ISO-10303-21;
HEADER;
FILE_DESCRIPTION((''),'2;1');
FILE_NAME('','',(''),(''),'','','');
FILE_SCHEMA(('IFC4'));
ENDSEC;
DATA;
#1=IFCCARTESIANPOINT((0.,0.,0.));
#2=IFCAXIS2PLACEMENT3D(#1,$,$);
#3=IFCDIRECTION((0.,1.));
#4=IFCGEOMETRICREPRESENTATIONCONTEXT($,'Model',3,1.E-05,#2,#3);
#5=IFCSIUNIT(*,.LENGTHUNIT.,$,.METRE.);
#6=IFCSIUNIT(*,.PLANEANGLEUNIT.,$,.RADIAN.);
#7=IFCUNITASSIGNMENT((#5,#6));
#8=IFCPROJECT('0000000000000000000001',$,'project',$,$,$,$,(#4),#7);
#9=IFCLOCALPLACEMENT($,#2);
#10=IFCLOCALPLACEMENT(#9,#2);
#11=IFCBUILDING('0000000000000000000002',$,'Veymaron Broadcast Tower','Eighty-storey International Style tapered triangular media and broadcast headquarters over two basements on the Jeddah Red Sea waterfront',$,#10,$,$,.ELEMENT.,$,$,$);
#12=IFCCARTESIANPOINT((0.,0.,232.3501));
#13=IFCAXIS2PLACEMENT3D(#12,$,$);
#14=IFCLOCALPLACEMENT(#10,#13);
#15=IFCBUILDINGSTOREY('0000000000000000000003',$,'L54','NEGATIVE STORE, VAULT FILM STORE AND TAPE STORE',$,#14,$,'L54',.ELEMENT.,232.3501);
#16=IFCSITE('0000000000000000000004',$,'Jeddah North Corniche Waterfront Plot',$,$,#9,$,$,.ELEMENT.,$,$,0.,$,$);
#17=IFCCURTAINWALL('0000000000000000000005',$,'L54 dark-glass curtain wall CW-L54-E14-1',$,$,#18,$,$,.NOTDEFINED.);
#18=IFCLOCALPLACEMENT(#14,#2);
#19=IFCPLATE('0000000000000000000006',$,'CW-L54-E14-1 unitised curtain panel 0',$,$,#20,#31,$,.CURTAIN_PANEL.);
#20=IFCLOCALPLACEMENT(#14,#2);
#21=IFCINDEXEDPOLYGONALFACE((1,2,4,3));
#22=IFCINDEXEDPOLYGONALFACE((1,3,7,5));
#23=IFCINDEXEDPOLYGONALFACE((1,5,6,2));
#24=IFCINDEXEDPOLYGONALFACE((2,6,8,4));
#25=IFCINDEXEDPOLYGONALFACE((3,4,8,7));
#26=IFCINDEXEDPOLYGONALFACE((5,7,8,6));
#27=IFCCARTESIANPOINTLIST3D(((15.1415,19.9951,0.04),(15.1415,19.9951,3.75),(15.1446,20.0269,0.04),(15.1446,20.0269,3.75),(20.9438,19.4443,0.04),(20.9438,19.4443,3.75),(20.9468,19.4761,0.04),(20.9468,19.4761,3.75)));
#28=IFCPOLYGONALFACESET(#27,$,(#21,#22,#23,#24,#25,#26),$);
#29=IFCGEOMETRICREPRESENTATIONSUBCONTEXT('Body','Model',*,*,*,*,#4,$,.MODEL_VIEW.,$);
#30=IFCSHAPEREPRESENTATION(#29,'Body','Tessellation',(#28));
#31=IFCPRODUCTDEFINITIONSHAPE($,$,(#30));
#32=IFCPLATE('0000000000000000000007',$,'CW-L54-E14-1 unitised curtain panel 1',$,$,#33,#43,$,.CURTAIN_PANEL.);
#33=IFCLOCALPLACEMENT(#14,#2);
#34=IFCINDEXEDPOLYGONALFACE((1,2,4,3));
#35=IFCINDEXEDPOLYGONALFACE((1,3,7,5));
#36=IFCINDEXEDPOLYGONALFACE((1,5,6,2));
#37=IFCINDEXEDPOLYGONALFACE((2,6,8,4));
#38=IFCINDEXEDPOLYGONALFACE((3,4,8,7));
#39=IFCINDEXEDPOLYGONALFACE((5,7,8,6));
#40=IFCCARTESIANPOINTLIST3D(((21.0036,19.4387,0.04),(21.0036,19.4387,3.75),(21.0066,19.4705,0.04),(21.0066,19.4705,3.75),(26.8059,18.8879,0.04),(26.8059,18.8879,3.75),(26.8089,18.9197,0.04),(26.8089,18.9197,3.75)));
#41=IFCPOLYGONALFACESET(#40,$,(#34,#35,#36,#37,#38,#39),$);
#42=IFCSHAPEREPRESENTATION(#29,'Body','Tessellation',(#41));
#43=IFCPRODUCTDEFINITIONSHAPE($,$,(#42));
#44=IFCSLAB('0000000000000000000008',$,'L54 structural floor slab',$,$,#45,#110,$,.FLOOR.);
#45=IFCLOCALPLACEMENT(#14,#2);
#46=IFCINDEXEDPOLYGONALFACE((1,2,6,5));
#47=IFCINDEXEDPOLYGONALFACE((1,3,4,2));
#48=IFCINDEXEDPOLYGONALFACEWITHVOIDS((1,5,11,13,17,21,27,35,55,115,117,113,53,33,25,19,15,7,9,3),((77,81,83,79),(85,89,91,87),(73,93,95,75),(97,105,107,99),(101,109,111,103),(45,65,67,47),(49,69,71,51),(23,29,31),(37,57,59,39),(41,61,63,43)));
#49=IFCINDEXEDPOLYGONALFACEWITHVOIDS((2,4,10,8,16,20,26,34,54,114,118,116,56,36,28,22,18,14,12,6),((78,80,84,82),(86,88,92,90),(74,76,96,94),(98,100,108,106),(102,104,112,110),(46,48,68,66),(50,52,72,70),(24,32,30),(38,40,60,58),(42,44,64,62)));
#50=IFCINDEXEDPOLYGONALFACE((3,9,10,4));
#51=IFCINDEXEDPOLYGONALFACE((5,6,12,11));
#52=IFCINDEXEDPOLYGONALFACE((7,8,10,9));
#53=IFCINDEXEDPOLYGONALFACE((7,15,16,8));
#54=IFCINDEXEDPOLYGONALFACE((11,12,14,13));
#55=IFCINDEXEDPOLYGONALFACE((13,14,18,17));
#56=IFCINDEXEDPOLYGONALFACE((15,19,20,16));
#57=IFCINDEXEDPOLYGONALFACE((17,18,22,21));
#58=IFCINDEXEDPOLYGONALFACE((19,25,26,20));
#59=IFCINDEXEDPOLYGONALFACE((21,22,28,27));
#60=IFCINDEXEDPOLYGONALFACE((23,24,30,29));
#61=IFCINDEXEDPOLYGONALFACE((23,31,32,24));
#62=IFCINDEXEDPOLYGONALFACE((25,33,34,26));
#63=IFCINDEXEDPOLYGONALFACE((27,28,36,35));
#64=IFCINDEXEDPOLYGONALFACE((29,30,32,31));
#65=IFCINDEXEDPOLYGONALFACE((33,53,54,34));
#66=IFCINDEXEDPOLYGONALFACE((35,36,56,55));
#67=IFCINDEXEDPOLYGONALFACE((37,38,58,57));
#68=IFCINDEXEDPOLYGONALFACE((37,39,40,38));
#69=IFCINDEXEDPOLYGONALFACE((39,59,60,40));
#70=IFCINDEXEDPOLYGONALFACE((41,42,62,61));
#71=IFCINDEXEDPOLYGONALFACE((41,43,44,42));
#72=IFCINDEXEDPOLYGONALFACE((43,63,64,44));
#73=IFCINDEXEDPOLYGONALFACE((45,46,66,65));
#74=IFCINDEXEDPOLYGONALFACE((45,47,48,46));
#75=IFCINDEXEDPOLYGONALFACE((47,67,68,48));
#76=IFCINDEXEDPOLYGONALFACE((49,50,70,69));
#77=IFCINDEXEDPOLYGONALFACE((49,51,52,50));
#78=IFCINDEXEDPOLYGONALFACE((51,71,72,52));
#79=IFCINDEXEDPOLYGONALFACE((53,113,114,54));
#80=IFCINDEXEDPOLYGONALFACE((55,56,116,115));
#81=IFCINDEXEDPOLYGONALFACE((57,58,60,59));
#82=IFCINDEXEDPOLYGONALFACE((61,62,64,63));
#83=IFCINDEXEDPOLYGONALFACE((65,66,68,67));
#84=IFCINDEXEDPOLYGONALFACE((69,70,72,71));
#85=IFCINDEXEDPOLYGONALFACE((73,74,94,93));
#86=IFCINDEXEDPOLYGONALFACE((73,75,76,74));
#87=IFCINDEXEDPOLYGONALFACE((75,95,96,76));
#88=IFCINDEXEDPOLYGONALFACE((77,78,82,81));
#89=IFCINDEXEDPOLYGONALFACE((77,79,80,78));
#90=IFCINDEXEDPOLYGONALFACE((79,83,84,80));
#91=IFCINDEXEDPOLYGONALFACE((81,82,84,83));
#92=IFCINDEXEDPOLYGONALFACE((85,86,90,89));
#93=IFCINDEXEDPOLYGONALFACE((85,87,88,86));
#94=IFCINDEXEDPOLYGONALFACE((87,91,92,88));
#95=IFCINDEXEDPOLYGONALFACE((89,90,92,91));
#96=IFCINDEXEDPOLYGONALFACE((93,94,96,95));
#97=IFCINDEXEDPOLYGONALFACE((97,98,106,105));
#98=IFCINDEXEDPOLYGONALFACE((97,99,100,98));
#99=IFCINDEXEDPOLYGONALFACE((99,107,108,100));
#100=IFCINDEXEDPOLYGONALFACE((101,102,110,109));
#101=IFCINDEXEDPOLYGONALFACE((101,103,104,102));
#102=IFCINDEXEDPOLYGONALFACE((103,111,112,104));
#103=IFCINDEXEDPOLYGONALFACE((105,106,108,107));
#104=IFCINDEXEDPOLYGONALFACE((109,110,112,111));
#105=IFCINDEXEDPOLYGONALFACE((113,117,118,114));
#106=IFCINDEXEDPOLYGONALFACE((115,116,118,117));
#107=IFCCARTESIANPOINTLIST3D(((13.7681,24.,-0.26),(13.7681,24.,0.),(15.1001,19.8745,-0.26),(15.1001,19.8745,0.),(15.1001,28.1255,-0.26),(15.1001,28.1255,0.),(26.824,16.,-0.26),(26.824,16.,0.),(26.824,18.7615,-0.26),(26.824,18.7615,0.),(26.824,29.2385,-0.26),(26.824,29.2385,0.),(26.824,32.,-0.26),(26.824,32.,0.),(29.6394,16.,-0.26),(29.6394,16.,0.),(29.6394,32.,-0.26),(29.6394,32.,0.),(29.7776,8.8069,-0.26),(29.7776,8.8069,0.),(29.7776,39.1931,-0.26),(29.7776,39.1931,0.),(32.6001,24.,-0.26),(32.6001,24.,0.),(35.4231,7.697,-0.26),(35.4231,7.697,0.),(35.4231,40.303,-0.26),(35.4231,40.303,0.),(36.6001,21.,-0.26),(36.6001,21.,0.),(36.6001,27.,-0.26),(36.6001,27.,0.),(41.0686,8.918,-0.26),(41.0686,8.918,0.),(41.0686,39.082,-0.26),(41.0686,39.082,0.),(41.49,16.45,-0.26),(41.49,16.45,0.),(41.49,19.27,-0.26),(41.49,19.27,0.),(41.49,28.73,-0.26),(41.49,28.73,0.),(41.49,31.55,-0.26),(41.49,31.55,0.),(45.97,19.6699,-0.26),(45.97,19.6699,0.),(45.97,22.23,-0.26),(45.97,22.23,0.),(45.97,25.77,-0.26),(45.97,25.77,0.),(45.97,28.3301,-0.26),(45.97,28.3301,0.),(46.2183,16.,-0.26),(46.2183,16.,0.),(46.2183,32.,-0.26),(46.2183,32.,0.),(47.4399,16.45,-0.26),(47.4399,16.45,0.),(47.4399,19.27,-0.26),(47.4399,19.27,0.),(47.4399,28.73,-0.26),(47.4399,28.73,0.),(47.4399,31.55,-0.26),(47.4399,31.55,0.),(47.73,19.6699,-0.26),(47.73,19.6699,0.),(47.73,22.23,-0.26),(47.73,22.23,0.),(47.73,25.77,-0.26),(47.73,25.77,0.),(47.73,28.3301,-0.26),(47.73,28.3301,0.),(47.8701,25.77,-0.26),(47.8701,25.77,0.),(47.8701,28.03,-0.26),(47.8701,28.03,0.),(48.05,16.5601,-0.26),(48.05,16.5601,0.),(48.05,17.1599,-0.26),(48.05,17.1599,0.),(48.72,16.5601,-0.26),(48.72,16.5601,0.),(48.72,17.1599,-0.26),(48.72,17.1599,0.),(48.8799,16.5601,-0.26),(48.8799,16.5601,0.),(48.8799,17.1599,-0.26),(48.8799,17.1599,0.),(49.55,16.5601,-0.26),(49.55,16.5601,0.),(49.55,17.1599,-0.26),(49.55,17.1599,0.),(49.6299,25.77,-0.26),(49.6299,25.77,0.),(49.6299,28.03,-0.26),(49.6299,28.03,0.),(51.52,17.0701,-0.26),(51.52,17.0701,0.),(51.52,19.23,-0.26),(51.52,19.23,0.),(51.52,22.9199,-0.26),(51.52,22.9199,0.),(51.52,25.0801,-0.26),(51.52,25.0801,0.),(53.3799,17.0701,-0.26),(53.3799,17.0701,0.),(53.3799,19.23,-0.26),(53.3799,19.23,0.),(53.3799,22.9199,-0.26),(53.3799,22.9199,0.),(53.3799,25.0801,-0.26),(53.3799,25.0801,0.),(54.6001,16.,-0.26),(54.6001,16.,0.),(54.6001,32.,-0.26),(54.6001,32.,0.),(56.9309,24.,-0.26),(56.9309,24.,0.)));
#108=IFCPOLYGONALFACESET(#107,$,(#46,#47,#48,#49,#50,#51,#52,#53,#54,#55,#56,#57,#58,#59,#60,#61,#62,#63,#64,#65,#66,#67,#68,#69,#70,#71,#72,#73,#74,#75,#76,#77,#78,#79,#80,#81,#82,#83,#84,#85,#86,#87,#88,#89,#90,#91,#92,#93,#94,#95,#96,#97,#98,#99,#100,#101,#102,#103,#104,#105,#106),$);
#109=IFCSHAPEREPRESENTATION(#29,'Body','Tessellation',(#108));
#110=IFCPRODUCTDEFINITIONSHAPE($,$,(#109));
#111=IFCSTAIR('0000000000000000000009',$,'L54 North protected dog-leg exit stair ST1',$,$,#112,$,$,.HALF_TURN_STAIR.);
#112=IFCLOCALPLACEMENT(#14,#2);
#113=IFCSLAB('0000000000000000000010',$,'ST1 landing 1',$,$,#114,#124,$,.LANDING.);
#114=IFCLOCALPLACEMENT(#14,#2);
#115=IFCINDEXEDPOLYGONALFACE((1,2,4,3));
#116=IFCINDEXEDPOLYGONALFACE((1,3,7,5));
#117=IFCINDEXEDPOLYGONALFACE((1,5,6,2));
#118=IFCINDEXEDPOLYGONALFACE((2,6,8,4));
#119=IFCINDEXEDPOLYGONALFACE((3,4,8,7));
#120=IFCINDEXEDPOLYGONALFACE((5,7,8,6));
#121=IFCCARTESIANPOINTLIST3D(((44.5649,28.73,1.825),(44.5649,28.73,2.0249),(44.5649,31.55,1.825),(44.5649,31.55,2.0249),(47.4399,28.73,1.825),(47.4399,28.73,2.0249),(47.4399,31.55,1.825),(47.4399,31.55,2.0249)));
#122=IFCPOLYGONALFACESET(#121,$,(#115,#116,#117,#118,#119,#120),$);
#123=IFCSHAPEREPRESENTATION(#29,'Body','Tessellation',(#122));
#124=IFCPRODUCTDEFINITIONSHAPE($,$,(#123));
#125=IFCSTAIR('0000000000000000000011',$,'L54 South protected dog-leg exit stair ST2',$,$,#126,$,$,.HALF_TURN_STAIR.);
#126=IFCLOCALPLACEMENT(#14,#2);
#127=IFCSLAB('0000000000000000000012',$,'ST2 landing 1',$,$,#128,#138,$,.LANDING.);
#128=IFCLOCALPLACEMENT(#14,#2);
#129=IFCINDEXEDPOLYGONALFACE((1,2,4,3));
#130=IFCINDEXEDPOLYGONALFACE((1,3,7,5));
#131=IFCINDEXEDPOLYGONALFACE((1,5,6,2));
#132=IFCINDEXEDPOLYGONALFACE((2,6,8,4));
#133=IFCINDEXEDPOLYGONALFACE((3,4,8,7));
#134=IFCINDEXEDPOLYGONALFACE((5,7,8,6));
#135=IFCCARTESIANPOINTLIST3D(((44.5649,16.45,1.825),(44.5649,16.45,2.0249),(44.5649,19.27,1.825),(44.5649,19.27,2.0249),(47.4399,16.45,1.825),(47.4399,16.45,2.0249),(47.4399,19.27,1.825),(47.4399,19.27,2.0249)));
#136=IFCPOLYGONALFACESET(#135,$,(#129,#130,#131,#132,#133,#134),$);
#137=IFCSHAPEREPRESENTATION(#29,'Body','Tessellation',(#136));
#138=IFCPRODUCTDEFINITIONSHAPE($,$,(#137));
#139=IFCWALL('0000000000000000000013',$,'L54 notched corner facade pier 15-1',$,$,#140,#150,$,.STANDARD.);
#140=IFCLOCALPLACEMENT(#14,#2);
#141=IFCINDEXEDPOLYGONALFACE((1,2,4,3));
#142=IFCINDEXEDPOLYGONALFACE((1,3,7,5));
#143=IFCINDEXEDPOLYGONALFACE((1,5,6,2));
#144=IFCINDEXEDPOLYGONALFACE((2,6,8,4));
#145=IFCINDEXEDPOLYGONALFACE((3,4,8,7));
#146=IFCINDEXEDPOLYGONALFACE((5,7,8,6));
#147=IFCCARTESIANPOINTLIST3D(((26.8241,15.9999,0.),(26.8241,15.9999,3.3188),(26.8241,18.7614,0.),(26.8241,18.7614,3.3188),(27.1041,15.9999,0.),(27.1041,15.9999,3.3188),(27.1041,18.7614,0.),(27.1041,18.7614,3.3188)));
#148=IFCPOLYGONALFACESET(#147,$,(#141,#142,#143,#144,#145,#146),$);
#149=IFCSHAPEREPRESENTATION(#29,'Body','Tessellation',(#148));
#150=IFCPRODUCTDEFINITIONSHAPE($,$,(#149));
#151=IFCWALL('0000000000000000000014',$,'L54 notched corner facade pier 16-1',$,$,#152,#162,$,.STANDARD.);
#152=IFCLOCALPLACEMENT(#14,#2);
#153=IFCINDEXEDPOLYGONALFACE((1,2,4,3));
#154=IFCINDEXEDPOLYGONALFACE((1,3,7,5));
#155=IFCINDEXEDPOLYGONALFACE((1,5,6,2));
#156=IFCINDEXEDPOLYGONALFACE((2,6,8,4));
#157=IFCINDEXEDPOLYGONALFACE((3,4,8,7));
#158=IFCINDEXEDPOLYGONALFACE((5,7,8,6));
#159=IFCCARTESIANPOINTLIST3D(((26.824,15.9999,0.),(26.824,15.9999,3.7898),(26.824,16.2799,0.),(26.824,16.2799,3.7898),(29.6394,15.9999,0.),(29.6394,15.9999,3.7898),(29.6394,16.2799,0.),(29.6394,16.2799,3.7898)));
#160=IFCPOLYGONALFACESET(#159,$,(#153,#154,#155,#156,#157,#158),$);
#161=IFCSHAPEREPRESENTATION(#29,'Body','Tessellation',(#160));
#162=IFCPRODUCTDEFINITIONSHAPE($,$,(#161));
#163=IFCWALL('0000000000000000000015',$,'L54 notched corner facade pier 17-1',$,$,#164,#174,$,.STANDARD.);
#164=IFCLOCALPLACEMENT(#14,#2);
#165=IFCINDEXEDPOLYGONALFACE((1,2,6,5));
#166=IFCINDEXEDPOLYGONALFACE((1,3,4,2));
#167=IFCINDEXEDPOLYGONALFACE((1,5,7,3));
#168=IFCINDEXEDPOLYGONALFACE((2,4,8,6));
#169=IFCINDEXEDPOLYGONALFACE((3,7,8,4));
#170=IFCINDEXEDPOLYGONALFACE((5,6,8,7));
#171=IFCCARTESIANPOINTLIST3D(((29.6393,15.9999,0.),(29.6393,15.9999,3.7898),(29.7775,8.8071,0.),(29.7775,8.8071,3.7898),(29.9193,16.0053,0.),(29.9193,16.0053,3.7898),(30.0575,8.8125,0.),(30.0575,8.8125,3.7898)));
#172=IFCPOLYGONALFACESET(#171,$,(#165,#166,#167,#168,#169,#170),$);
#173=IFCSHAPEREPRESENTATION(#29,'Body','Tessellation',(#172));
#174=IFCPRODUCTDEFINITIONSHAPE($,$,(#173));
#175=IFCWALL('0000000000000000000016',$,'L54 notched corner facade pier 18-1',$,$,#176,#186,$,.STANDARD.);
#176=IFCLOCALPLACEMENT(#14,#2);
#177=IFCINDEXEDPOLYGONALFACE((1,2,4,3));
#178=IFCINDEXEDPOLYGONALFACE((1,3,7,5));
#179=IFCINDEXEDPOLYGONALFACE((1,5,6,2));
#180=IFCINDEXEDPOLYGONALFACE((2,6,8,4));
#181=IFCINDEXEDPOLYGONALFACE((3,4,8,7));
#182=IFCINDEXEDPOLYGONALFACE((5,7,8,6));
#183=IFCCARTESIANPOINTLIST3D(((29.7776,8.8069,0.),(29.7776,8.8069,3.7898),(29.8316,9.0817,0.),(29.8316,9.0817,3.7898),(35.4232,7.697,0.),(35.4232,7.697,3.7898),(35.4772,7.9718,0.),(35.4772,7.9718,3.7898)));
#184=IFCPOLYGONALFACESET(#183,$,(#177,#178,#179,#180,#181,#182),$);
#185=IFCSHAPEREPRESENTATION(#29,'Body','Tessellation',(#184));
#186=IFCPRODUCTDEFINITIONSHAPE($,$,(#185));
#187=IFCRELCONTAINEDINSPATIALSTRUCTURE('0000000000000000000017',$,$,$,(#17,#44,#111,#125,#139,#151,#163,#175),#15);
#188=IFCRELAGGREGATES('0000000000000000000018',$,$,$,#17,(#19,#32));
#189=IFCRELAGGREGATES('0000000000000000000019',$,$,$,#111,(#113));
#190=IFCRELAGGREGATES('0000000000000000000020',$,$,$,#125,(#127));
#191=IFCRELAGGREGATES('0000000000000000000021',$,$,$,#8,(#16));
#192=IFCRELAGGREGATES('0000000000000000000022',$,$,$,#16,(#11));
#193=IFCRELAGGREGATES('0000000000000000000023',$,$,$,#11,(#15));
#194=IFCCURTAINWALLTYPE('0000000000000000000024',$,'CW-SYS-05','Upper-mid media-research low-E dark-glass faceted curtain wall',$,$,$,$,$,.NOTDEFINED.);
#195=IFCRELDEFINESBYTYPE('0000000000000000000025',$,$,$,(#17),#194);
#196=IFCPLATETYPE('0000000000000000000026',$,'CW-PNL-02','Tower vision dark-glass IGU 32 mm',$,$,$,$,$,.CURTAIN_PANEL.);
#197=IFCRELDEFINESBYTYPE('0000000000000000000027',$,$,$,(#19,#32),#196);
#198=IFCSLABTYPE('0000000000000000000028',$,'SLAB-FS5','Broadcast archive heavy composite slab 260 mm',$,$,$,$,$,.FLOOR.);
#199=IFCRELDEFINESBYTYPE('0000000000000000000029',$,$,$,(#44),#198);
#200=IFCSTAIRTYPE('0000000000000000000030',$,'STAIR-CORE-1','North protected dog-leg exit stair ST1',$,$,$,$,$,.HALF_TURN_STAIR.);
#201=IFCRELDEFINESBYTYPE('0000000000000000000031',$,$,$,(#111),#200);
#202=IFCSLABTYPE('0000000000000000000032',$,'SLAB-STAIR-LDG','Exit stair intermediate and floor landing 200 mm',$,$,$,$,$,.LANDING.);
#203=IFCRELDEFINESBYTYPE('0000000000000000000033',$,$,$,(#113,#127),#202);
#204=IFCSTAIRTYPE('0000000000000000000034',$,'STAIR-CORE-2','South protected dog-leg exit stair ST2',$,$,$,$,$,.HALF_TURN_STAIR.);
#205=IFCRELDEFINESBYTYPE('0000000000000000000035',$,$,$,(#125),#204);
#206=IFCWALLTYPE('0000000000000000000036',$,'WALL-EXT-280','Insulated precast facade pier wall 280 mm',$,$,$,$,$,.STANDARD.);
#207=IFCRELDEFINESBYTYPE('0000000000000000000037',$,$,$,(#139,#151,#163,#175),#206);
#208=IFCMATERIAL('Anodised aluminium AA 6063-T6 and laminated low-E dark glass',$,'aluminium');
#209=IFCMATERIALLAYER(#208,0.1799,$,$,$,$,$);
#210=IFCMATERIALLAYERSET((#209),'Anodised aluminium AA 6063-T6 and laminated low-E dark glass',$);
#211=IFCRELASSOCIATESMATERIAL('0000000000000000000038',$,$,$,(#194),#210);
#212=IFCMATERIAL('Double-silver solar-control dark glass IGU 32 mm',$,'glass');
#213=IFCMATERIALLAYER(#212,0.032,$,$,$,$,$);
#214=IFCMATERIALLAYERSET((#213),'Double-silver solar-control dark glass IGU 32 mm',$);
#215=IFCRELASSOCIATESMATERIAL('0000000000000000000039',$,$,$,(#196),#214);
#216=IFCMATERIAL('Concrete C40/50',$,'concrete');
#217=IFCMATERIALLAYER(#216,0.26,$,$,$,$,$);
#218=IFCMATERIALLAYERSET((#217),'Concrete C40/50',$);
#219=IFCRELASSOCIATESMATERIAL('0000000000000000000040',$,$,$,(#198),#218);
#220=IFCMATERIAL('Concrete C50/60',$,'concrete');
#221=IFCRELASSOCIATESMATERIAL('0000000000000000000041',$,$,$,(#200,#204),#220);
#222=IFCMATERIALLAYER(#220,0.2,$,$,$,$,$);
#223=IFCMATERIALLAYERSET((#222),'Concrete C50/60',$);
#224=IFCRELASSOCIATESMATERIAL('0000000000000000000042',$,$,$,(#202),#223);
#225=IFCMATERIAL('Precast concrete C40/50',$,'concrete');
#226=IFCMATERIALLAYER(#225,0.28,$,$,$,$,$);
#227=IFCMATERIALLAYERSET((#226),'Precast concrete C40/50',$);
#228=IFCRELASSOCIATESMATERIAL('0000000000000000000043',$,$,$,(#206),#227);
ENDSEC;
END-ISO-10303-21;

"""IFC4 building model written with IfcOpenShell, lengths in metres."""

from ifc_helpers import new_model, si_unit, direction, frame, frame_2d, origin, origin_2d, place, context, subcontext, project, spatial, polyline, rectangle, outline, extrude, material, layer, layer_set, type_object, element, aggregate, save


model = new_model("IFC4")

# Units and contexts
model_context = context("Model", 3, precision=1e-05, world=origin(), true_north=direction((0.0, 1.0)))
body_context = subcontext(model_context, "Body", "Model", "MODEL_VIEW")
ifc_project = project(units=[si_unit("LENGTHUNIT", "METRE"), si_unit("PLANEANGLEUNIT", "RADIAN")], contexts=[model_context])

# Site, building, storey
site_placement = place(None, origin())
site = spatial("IfcSite", under=ifc_project, at=site_placement, Name="Jeddah North Corniche Waterfront Plot", CompositionType="ELEMENT", RefElevation=0.0)
building_placement = place(site_placement, origin())
building = spatial("IfcBuilding", under=site, at=building_placement, Name="Veymaron Broadcast Tower", Description="Eighty-storey International Style tapered triangular media and broadcast headquarters over two basements on the Jeddah Red Sea waterfront", CompositionType="ELEMENT")
storey_placement = place(building_placement, frame((0.0, 0.0, 232.3501)))
storey = spatial("IfcBuildingStorey", under=building, at=storey_placement, Name="L54", Description="NEGATIVE STORE, VAULT FILM STORE AND TAPE STORE", LongName="L54", CompositionType="ELEMENT", Elevation=232.3501)

# Curtain wall, plates
ifc_material_1 = material(Name="Anodised aluminium AA 6063-T6 and laminated low-E dark glass", Category="aluminium")
ifc_layer_1 = layer(ifc_material_1, 0.1799)
ifc_layer_set_1 = layer_set([ifc_layer_1], Name="Anodised aluminium AA 6063-T6 and laminated low-E dark glass")
curtain_wall_type = type_object("IfcCurtainWallType", Name="CW-SYS-05", Description="Upper-mid media-research low-E dark-glass faceted curtain wall", PredefinedType="NOTDEFINED", material=ifc_layer_set_1)
curtain_wall_placement = place(storey_placement, origin())
curtain_wall = element("IfcCurtainWall", 1, at=curtain_wall_placement, inside=storey, type_object=curtain_wall_type, Name="L54 dark-glass curtain wall CW-L54-E14-1", PredefinedType="NOTDEFINED")
ifc_material_2 = material(Name="Double-silver solar-control dark glass IGU 32 mm", Category="glass")
ifc_layer_2 = layer(ifc_material_2, 0.032)
ifc_layer_set_2 = layer_set([ifc_layer_2], Name="Double-silver solar-control dark glass IGU 32 mm")
plate_type = type_object("IfcPlateType", Name="CW-PNL-02", Description="Tower vision dark-glass IGU 32 mm", PredefinedType="CURTAIN_PANEL", material=ifc_layer_set_2)
plate_1_placement = place(storey_placement, frame((18.0442, 19.7356, 0.04), z_axis=(0.0, 0.0, 1.0), x_axis=(0.995524, -0.094508, 0.0)))
plate_1 = element("IfcPlate", 2, at=plate_1_placement, type_object=plate_type, Name="CW-L54-E14-1 unitised curtain panel 0", PredefinedType="CURTAIN_PANEL", context=body_context, shape_type="SweptSolid", body=[
    extrude(rectangle(XDim=5.8284, YDim=0.032, at=origin_2d()), origin(), (0.0, 0.0, 1.0), 3.71),
])
plate_2_placement = place(storey_placement, frame((23.9062, 19.1792, 0.04), z_axis=(0.0, 0.0, 1.0), x_axis=(0.995524, -0.094508, 0.0)))
plate_2 = element("IfcPlate", 3, at=plate_2_placement, type_object=plate_type, Name="CW-L54-E14-1 unitised curtain panel 1", PredefinedType="CURTAIN_PANEL", context=body_context, shape_type="SweptSolid", body=[
    extrude(rectangle(XDim=5.8284, YDim=0.032, at=origin_2d()), origin(), (0.0, 0.0, 1.0), 3.71),
])
aggregate(curtain_wall, [plate_1, plate_2])

# Slab
ifc_material_3 = material(Name="Concrete C40/50", Category="concrete")
ifc_layer_3 = layer(ifc_material_3, 0.26)
ifc_layer_set_3 = layer_set([ifc_layer_3], Name="Concrete C40/50")
slab_type_1 = type_object("IfcSlabType", Name="SLAB-FS5", Description="Broadcast archive heavy composite slab 260 mm", PredefinedType="FLOOR", material=ifc_layer_set_3)
slab_1_placement = place(storey_placement, frame((0.0, 0.0, -0.26)))
element("IfcSlab", 4, at=slab_1_placement, inside=storey, type_object=slab_type_1, Name="L54 structural floor slab", PredefinedType="FLOOR", context=body_context, shape_type="SweptSolid", body=[
    extrude(outline(polyline([(46.2183, 16.0), (54.6001, 16.0), (56.9309, 24.0), (54.6001, 32.0), (46.2183, 32.0), (41.0686, 39.082), (35.4231, 40.303), (29.7776, 39.1931), (29.6394, 32.0), (26.824, 32.0), (26.824, 29.2385), (15.1001, 28.1255), (13.7681, 24.0), (15.1001, 19.8745), (26.824, 18.7615), (26.824, 16.0), (29.6394, 16.0), (29.7776, 8.8069), (35.4231, 7.697), (41.0686, 8.918), (46.2183, 16.0)]), holes=[polyline([(45.97, 28.3301), (47.73, 28.3301), (47.73, 25.77), (45.97, 25.77), (45.97, 28.3301)]), polyline([(45.97, 22.23), (47.73, 22.23), (47.73, 19.6699), (45.97, 19.6699), (45.97, 22.23)]), polyline([(47.8701, 28.03), (49.6299, 28.03), (49.6299, 25.77), (47.8701, 25.77), (47.8701, 28.03)]), polyline([(51.52, 25.0801), (53.3799, 25.0801), (53.3799, 22.9199), (51.52, 22.9199), (51.52, 25.0801)]), polyline([(51.52, 19.23), (53.3799, 19.23), (53.3799, 17.0701), (51.52, 17.0701), (51.52, 19.23)]), polyline([(48.05, 17.1599), (48.72, 17.1599), (48.72, 16.5601), (48.05, 16.5601), (48.05, 17.1599)]), polyline([(48.8799, 17.1599), (49.55, 17.1599), (49.55, 16.5601), (48.8799, 16.5601), (48.8799, 17.1599)]), polyline([(36.6001, 27.0), (36.6001, 21.0), (32.6001, 24.0), (36.6001, 27.0)]), polyline([(41.49, 31.55), (47.4399, 31.55), (47.4399, 28.73), (41.49, 28.73), (41.49, 31.55)]), polyline([(41.49, 19.27), (47.4399, 19.27), (47.4399, 16.45), (41.49, 16.45), (41.49, 19.27)])]), origin(), (0.0, 0.0, 1.0), 0.26),
])

# Stairs, slabs
ifc_material_4 = material(Name="Concrete C50/60", Category="concrete")
stair_type_1 = type_object("IfcStairType", Name="STAIR-CORE-1", Description="North protected dog-leg exit stair ST1", PredefinedType="HALF_TURN_STAIR", material=ifc_material_4)
stair_1_placement = place(storey_placement, origin())
stair_1 = element("IfcStair", 5, at=stair_1_placement, inside=storey, type_object=stair_type_1, Name="L54 North protected dog-leg exit stair ST1", PredefinedType="HALF_TURN_STAIR")
ifc_layer_4 = layer(ifc_material_4, 0.2)
ifc_layer_set_4 = layer_set([ifc_layer_4], Name="Concrete C50/60")
slab_type_2 = type_object("IfcSlabType", Name="SLAB-STAIR-LDG", Description="Exit stair intermediate and floor landing 200 mm", PredefinedType="LANDING", material=ifc_layer_set_4)
slab_2_placement = place(storey_placement, frame((0.0, 0.0, 1.825)))
slab_2 = element("IfcSlab", 6, at=slab_2_placement, type_object=slab_type_2, Name="ST1 landing 1", PredefinedType="LANDING", context=body_context, shape_type="SweptSolid", body=[
    extrude(outline(polyline([(44.5649, 28.73), (47.4399, 28.73), (47.4399, 31.55), (44.5649, 31.55), (44.5649, 28.73)])), origin(), (0.0, 0.0, 1.0), 0.2),
])
aggregate(stair_1, [slab_2])
stair_type_2 = type_object("IfcStairType", Name="STAIR-CORE-2", Description="South protected dog-leg exit stair ST2", PredefinedType="HALF_TURN_STAIR", material=ifc_material_4)
stair_2_placement = place(storey_placement, origin())
stair_2 = element("IfcStair", 7, at=stair_2_placement, inside=storey, type_object=stair_type_2, Name="L54 South protected dog-leg exit stair ST2", PredefinedType="HALF_TURN_STAIR")
slab_3_placement = place(storey_placement, frame((0.0, 0.0, 1.825)))
slab_3 = element("IfcSlab", 8, at=slab_3_placement, type_object=slab_type_2, Name="ST2 landing 1", PredefinedType="LANDING", context=body_context, shape_type="SweptSolid", body=[
    extrude(outline(polyline([(44.5649, 16.45), (47.4399, 16.45), (47.4399, 19.27), (44.5649, 19.27), (44.5649, 16.45)])), origin(), (0.0, 0.0, 1.0), 0.2),
])
aggregate(stair_2, [slab_3])

# Walls
ifc_material_5 = material(Name="Precast concrete C40/50", Category="concrete")
ifc_layer_5 = layer(ifc_material_5, 0.28)
ifc_layer_set_5 = layer_set([ifc_layer_5], Name="Precast concrete C40/50")
wall_type_1 = type_object("IfcWallType", Name="WALL-EXT-280", Description="Insulated precast facade pier wall 280 mm", PredefinedType="STANDARD", material=ifc_layer_set_5)
wall_1_placement = place(storey_placement, frame((26.9641, 18.7615, 0.0), z_axis=(0.0, 0.0, 1.0), x_axis=(0.0, -1.0, 0.0)))
element("IfcWall", 9, at=wall_1_placement, inside=storey, type_object=wall_type_1, Name="L54 notched corner facade pier 15-1", PredefinedType="STANDARD", context=body_context, shape_type="SweptSolid", body=[
    extrude(rectangle(XDim=2.7615, YDim=0.28, at=frame_2d((1.3809, 0.0))), origin(), (0.0, 0.0, 1.0), 3.3188),
])
wall_2_placement = place(storey_placement, frame((26.824, 16.1399, 0.0), z_axis=(0.0, 0.0, 1.0), x_axis=(1.0, 0.0, 0.0)))
element("IfcWall", 10, at=wall_2_placement, inside=storey, type_object=wall_type_1, Name="L54 notched corner facade pier 16-1", PredefinedType="STANDARD", context=body_context, shape_type="SweptSolid", body=[
    extrude(rectangle(XDim=2.8154, YDim=0.28, at=frame_2d((1.4077, 0.0))), origin(), (0.0, 0.0, 1.0), 3.7898),
])
wall_3_placement = place(storey_placement, frame((29.7793, 16.0027, 0.0), z_axis=(0.0, 0.0, 1.0), x_axis=(0.019208, -0.999816, 0.0)))
element("IfcWall", 11, at=wall_3_placement, inside=storey, type_object=wall_type_1, Name="L54 notched corner facade pier 17-1", PredefinedType="STANDARD", context=body_context, shape_type="SweptSolid", body=[
    extrude(rectangle(XDim=7.1941, YDim=0.28, at=frame_2d((3.5972, 0.0))), origin(), (0.0, 0.0, 1.0), 3.7898),
])
wall_4_placement = place(storey_placement, frame((29.8044, 8.9443, 0.0), z_axis=(0.0, 0.0, 1.0), x_axis=(0.981218, -0.1929, 0.0)))
element("IfcWall", 12, at=wall_4_placement, inside=storey, type_object=wall_type_1, Name="L54 notched corner facade pier 18-1", PredefinedType="STANDARD", context=body_context, shape_type="SweptSolid", body=[
    extrude(rectangle(XDim=5.7537, YDim=0.28, at=frame_2d((2.877, 0.0))), origin(), (0.0, 0.0, 1.0), 3.7898),
])

save(model, "model.ifc")
